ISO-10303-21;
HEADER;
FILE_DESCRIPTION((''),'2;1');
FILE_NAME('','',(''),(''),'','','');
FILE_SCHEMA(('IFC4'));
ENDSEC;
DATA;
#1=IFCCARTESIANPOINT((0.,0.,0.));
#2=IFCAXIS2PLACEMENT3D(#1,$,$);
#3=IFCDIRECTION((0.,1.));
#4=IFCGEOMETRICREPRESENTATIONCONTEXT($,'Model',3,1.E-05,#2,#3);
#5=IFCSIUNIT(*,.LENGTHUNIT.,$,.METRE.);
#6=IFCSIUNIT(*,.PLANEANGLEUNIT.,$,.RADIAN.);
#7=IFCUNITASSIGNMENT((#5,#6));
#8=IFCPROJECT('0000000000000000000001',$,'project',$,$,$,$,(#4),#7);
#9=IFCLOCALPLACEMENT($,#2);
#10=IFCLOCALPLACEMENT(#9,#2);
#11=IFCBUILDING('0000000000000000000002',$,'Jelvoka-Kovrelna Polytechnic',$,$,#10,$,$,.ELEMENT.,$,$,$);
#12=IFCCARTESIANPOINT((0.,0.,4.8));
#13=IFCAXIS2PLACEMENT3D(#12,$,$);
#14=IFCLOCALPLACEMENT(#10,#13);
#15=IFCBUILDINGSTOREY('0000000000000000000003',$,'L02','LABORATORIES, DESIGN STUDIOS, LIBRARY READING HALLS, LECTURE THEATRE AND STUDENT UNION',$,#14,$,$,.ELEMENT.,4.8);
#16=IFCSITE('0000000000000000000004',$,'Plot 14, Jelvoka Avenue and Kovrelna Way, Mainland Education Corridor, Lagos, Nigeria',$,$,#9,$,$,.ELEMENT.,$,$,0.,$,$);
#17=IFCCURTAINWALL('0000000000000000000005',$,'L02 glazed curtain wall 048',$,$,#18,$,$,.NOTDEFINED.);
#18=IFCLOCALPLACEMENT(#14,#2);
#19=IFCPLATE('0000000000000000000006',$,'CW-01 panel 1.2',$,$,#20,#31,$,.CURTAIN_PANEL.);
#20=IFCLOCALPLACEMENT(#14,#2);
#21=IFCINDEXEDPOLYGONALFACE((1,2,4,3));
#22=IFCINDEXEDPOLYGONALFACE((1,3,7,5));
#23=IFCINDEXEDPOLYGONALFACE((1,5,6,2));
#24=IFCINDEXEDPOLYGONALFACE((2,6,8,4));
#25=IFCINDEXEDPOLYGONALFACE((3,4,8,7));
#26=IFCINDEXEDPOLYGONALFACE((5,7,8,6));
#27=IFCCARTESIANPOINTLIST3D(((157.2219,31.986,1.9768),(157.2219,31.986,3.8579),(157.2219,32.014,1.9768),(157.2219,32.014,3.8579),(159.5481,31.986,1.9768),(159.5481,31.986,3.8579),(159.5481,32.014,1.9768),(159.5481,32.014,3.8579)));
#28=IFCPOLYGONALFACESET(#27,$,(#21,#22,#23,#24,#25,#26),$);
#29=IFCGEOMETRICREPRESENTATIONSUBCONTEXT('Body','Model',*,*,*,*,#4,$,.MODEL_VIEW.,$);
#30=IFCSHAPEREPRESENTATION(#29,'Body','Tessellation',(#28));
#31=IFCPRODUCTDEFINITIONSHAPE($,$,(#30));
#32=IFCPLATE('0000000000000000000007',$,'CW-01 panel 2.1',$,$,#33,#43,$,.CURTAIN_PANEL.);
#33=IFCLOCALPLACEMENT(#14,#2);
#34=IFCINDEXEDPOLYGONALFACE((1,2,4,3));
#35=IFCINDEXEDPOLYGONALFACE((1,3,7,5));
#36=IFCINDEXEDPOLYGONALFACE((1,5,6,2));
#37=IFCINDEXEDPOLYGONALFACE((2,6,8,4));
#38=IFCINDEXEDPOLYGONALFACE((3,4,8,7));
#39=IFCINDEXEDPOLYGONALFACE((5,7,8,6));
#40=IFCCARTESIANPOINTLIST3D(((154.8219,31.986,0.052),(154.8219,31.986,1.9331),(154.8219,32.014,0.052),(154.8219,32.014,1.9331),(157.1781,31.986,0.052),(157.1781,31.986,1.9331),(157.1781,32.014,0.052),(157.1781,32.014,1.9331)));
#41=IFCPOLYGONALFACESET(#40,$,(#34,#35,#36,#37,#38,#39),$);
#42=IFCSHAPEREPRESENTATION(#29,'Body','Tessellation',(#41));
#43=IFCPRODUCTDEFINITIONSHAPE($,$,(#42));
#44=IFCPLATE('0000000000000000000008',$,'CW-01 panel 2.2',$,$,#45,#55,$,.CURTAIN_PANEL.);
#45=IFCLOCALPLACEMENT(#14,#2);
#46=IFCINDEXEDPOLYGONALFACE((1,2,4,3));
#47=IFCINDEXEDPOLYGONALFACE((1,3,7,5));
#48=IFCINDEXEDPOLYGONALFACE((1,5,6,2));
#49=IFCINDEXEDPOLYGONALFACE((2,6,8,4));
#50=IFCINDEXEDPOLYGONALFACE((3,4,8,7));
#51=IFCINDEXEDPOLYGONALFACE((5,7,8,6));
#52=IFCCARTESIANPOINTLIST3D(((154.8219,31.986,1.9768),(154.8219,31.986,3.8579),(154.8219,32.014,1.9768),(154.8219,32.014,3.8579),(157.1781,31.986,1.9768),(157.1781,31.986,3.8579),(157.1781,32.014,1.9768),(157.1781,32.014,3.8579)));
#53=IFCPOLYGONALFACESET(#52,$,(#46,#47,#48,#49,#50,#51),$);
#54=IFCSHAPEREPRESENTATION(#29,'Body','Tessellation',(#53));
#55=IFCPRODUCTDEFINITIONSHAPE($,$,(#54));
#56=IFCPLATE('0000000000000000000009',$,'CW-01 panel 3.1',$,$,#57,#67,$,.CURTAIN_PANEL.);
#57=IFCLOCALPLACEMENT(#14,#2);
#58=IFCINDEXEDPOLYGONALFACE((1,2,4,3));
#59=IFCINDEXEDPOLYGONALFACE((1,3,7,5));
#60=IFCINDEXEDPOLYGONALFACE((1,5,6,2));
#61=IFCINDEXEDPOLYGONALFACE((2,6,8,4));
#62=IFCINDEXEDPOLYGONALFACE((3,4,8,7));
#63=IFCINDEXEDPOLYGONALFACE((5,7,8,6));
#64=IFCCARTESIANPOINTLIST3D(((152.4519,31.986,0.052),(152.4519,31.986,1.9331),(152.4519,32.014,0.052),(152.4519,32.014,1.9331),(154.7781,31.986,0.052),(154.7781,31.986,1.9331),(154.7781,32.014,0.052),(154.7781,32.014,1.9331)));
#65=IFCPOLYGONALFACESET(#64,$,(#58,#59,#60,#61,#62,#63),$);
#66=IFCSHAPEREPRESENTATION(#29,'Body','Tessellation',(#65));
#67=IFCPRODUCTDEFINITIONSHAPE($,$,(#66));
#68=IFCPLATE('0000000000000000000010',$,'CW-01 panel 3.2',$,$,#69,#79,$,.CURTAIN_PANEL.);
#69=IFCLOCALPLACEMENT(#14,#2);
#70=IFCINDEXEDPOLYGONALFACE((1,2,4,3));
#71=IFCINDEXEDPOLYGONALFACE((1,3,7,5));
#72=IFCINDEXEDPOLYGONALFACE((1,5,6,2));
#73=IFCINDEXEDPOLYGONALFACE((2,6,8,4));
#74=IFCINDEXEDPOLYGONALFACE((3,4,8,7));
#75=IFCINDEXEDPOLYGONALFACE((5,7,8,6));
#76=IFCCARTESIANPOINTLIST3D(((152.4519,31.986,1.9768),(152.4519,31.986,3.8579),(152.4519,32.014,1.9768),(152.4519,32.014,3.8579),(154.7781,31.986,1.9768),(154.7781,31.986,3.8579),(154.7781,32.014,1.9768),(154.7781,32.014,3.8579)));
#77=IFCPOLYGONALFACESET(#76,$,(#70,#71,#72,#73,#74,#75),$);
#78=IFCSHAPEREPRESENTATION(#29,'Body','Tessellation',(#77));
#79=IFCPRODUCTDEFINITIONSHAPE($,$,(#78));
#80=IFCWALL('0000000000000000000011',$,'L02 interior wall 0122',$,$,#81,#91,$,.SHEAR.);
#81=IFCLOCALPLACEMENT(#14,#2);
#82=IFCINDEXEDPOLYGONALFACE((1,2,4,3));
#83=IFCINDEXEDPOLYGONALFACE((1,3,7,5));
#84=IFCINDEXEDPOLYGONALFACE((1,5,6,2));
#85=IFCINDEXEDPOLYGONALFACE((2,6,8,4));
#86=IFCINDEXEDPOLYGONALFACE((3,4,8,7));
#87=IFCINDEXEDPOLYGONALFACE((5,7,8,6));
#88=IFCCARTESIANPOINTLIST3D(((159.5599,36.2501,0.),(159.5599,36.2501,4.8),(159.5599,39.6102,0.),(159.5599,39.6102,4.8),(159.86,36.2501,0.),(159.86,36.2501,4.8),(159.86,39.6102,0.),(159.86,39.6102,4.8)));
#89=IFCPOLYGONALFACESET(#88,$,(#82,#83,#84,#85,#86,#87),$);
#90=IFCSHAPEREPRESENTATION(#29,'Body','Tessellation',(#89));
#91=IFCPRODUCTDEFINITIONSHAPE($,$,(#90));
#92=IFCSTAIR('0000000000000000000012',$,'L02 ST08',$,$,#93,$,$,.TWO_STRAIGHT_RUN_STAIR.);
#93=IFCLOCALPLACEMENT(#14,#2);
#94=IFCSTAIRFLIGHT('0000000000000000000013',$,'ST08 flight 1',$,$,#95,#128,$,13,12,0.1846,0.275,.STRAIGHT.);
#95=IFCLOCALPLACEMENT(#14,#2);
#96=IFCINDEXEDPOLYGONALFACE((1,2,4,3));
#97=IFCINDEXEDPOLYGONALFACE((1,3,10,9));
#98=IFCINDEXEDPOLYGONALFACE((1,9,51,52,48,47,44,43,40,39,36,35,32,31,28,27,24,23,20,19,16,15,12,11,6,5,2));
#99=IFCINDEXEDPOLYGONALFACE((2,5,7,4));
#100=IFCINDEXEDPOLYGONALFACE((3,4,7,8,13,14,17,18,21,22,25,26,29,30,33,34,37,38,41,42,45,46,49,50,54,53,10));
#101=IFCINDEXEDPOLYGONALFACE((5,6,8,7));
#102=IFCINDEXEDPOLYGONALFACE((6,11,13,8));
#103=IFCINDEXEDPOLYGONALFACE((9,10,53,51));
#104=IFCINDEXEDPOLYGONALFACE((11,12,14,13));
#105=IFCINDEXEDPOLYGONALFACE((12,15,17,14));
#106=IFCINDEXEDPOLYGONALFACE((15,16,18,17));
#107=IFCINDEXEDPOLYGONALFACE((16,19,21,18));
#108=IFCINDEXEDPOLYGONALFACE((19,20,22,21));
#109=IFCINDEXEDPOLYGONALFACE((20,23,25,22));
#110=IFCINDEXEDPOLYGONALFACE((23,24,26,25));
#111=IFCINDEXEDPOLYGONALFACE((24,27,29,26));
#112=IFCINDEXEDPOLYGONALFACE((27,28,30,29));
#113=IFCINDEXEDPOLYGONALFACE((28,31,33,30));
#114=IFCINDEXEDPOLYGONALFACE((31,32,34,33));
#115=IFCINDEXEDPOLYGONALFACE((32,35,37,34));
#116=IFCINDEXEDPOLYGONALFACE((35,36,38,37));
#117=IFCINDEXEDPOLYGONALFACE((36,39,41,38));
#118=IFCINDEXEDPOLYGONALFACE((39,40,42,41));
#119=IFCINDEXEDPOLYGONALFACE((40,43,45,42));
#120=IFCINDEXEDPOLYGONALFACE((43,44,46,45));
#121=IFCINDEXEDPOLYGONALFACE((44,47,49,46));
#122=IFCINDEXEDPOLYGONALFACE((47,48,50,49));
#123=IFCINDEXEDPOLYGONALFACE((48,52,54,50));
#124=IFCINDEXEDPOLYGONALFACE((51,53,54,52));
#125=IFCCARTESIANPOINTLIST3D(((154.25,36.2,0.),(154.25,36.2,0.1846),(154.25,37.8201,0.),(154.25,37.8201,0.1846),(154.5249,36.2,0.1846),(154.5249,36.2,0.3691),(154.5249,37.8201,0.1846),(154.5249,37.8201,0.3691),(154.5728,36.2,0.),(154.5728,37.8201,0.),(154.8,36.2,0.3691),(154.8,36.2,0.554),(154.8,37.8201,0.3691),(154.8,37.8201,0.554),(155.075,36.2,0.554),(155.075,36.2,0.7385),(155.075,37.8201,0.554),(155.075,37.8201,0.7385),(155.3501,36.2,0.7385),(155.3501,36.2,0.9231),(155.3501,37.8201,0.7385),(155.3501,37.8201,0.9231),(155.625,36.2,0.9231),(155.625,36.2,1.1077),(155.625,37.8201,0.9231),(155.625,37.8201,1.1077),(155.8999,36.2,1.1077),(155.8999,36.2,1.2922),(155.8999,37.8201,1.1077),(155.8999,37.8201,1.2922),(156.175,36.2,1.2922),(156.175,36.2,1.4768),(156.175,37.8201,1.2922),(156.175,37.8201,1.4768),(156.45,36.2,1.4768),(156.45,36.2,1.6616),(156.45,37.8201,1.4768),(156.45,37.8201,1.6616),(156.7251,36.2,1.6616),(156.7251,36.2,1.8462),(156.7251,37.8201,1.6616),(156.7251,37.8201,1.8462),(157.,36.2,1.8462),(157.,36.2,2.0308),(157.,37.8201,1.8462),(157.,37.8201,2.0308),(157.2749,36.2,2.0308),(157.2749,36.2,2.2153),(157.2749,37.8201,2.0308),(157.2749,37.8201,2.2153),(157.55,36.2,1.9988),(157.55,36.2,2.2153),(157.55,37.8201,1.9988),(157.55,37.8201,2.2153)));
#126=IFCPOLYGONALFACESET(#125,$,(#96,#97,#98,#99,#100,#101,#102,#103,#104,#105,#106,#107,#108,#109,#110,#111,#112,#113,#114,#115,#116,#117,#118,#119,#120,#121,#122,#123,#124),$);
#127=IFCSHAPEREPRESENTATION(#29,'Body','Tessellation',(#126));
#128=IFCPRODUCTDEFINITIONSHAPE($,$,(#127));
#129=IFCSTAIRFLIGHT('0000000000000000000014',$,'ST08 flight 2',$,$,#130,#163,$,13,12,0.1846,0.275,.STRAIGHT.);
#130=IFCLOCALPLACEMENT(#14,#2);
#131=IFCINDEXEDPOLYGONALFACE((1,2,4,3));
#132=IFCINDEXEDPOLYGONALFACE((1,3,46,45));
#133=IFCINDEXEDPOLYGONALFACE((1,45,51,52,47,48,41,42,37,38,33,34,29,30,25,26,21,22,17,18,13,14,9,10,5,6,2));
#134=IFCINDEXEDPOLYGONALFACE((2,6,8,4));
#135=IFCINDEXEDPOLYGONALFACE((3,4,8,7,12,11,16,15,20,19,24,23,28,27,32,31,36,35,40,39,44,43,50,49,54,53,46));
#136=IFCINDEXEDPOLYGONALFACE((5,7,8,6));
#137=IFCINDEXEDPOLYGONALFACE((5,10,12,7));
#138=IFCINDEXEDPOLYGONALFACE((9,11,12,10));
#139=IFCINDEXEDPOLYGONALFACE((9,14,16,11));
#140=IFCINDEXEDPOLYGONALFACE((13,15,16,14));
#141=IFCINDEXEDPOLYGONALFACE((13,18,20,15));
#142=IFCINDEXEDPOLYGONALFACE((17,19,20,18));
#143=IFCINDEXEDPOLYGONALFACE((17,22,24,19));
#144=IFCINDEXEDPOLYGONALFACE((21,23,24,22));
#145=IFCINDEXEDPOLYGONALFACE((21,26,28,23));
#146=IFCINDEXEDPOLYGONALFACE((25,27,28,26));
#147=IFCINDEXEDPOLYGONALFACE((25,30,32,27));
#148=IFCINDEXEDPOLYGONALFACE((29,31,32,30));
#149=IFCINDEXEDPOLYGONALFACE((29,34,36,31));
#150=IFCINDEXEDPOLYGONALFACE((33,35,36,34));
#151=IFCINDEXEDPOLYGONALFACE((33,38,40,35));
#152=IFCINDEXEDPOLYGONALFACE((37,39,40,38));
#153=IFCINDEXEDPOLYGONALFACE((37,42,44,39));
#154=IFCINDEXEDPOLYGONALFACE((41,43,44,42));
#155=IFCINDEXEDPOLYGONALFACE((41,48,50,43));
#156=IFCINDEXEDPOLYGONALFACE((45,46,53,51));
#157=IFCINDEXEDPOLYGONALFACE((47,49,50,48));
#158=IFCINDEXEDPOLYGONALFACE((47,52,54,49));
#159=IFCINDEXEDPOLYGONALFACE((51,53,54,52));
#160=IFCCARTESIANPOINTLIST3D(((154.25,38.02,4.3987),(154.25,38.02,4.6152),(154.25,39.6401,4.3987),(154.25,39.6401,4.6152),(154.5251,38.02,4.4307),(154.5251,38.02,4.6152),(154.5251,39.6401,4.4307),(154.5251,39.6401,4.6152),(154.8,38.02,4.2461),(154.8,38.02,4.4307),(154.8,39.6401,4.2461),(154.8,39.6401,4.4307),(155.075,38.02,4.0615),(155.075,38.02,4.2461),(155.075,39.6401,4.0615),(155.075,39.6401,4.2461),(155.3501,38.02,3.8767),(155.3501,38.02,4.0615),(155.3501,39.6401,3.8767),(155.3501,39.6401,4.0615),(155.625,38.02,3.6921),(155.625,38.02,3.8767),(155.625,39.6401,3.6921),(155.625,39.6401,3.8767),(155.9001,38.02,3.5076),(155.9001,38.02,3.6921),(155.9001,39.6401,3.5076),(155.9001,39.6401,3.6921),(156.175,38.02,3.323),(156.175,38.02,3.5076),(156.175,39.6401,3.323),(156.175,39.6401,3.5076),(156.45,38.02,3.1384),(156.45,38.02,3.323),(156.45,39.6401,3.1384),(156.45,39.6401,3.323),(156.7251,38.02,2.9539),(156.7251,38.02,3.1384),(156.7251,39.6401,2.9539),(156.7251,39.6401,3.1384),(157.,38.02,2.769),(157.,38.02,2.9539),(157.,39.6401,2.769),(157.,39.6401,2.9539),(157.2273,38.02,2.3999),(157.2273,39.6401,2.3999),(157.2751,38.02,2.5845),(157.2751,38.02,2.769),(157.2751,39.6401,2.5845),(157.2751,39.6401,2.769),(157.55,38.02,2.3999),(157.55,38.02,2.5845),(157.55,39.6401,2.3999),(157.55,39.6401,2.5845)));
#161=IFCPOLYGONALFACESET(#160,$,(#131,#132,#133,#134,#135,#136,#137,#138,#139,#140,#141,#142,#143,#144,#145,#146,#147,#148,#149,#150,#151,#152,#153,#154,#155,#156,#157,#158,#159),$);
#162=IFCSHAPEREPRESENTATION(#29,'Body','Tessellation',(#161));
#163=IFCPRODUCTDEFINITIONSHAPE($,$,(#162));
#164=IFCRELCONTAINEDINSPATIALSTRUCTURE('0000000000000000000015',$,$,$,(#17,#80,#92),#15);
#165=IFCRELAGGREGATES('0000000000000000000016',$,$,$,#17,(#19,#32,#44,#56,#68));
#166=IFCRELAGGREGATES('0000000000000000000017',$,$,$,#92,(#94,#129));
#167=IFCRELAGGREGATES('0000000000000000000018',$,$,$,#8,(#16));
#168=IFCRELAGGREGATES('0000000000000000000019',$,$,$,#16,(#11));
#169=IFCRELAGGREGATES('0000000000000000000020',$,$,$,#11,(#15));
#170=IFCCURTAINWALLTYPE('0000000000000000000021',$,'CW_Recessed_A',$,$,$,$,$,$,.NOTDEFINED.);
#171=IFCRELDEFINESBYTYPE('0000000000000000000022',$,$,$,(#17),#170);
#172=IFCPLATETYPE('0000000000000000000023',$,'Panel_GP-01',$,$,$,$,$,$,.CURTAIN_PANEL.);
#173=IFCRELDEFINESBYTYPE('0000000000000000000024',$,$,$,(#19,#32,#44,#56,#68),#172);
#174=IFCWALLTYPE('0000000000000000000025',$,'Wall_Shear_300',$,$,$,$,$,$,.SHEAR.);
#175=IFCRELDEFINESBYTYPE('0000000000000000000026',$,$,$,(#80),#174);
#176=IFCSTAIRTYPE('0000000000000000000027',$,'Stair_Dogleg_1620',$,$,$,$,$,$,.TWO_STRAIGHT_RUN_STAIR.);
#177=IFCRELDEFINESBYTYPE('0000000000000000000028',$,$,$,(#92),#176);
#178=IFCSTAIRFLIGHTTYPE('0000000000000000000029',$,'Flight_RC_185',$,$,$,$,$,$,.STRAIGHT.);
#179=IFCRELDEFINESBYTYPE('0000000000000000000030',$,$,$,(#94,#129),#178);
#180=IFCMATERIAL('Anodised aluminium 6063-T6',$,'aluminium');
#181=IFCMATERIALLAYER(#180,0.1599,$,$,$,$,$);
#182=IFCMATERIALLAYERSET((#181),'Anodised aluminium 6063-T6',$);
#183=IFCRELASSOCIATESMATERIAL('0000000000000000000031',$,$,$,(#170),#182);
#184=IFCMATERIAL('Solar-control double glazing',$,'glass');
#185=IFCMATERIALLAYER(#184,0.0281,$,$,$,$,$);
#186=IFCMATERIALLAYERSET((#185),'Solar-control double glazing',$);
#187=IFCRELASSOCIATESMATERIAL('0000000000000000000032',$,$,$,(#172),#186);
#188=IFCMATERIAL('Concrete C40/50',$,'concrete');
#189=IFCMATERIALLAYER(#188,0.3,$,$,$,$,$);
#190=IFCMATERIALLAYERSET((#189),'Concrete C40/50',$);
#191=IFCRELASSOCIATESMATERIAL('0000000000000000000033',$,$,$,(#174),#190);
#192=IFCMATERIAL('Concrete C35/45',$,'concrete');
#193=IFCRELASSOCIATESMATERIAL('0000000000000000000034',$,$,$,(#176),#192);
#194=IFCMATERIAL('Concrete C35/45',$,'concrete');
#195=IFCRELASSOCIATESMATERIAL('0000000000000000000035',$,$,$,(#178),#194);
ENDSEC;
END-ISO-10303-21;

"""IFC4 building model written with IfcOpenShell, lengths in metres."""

from ifc_helpers import new_model, si_unit, direction, frame, frame_2d, origin, origin_2d, place, context, subcontext, project, spatial, polyline, rectangle, outline, extrude, material, layer, layer_set, type_object, element, aggregate, save


model = new_model("IFC4")

# Units and contexts
model_context = context("Model", 3, precision=1e-05, world=origin(), true_north=direction((0.0, 1.0)))
body_context = subcontext(model_context, "Body", "Model", "MODEL_VIEW")
ifc_project = project(units=[si_unit("LENGTHUNIT", "METRE"), si_unit("PLANEANGLEUNIT", "RADIAN")], contexts=[model_context])

# Site, building, storey
site_placement = place(None, origin())
site = spatial("IfcSite", under=ifc_project, at=site_placement, Name="Plot 14, Jelvoka Avenue and Kovrelna Way, Mainland Education Corridor, Lagos, Nigeria", CompositionType="ELEMENT", RefElevation=0.0)
building_placement = place(site_placement, origin())
building = spatial("IfcBuilding", under=site, at=building_placement, Name="Jelvoka-Kovrelna Polytechnic", CompositionType="ELEMENT")
storey_placement = place(building_placement, frame((0.0, 0.0, 4.8)))
storey = spatial("IfcBuildingStorey", under=building, at=storey_placement, Name="L02", Description="LABORATORIES, DESIGN STUDIOS, LIBRARY READING HALLS, LECTURE THEATRE AND STUDENT UNION", CompositionType="ELEMENT", Elevation=4.8)

# Curtain wall, plates
ifc_material_1 = material(Name="Anodised aluminium 6063-T6", Category="aluminium")
ifc_layer_1 = layer(ifc_material_1, 0.1599)
ifc_layer_set_1 = layer_set([ifc_layer_1], Name="Anodised aluminium 6063-T6")
curtain_wall_type = type_object("IfcCurtainWallType", Name="CW_Recessed_A", PredefinedType="NOTDEFINED", material=ifc_layer_set_1)
curtain_wall_placement = place(storey_placement, origin())
curtain_wall = element("IfcCurtainWall", 1, at=curtain_wall_placement, inside=storey, type_object=curtain_wall_type, Name="L02 glazed curtain wall 048", PredefinedType="NOTDEFINED")
ifc_material_2 = material(Name="Solar-control double glazing", Category="glass")
ifc_layer_2 = layer(ifc_material_2, 0.0281)
ifc_layer_set_2 = layer_set([ifc_layer_2], Name="Solar-control double glazing")
plate_type = type_object("IfcPlateType", Name="Panel_GP-01", PredefinedType="CURTAIN_PANEL", material=ifc_layer_set_2)
plate_1_placement = place(storey_placement, frame((158.385, 32.0, 1.9768), z_axis=(0.0, 0.0, 1.0), x_axis=(-1.0, 0.0, 0.0)))
plate_1 = element("IfcPlate", 2, at=plate_1_placement, type_object=plate_type, Name="CW-01 panel 1.2", PredefinedType="CURTAIN_PANEL", context=body_context, shape_type="SweptSolid", body=[
    extrude(rectangle(XDim=2.3262, YDim=0.0281, at=origin_2d()), origin(), (0.0, 0.0, 1.0), 1.8811),
])
plate_2_placement = place(storey_placement, frame((156.0, 32.0, 0.052), z_axis=(0.0, 0.0, 1.0), x_axis=(-1.0, 0.0, 0.0)))
plate_2 = element("IfcPlate", 3, at=plate_2_placement, type_object=plate_type, Name="CW-01 panel 2.1", PredefinedType="CURTAIN_PANEL", context=body_context, shape_type="SweptSolid", body=[
    extrude(rectangle(XDim=2.3562, YDim=0.0281, at=origin_2d()), origin(), (0.0, 0.0, 1.0), 1.8811),
])
plate_3_placement = place(storey_placement, frame((156.0, 32.0, 1.9768), z_axis=(0.0, 0.0, 1.0), x_axis=(-1.0, 0.0, 0.0)))
plate_3 = element("IfcPlate", 4, at=plate_3_placement, type_object=plate_type, Name="CW-01 panel 2.2", PredefinedType="CURTAIN_PANEL", context=body_context, shape_type="SweptSolid", body=[
    extrude(rectangle(XDim=2.3562, YDim=0.0281, at=origin_2d()), origin(), (0.0, 0.0, 1.0), 1.8811),
])
plate_4_placement = place(storey_placement, frame((153.615, 32.0, 0.052), z_axis=(0.0, 0.0, 1.0), x_axis=(-1.0, 0.0, 0.0)))
plate_4 = element("IfcPlate", 5, at=plate_4_placement, type_object=plate_type, Name="CW-01 panel 3.1", PredefinedType="CURTAIN_PANEL", context=body_context, shape_type="SweptSolid", body=[
    extrude(rectangle(XDim=2.3262, YDim=0.0281, at=origin_2d()), origin(), (0.0, 0.0, 1.0), 1.8811),
])
plate_5_placement = place(storey_placement, frame((153.615, 32.0, 1.9768), z_axis=(0.0, 0.0, 1.0), x_axis=(-1.0, 0.0, 0.0)))
plate_5 = element("IfcPlate", 6, at=plate_5_placement, type_object=plate_type, Name="CW-01 panel 3.2", PredefinedType="CURTAIN_PANEL", context=body_context, shape_type="SweptSolid", body=[
    extrude(rectangle(XDim=2.3262, YDim=0.0281, at=origin_2d()), origin(), (0.0, 0.0, 1.0), 1.8811),
])
aggregate(curtain_wall, [plate_1, plate_2, plate_3, plate_4, plate_5])

# Wall
ifc_material_3 = material(Name="Concrete C40/50", Category="concrete")
ifc_layer_3 = layer(ifc_material_3, 0.3)
ifc_layer_set_3 = layer_set([ifc_layer_3], Name="Concrete C40/50")
wall_type = type_object("IfcWallType", Name="Wall_Shear_300", PredefinedType="SHEAR", material=ifc_layer_set_3)
wall_placement = place(storey_placement, frame((159.71, 36.25, 0.0), z_axis=(0.0, 0.0, 1.0), x_axis=(0.0, 1.0, 0.0)))
element("IfcWall", 7, at=wall_placement, inside=storey, type_object=wall_type, Name="L02 interior wall 0122", PredefinedType="SHEAR", context=body_context, shape_type="SweptSolid", body=[
    extrude(rectangle(XDim=3.3601, YDim=0.3, at=frame_2d((1.6802, 0.0))), origin(), (0.0, 0.0, 1.0), 4.8),
])

# Stair, stair flights
ifc_material_4 = material(Name="Concrete C35/45", Category="concrete")
stair_type = type_object("IfcStairType", Name="Stair_Dogleg_1620", PredefinedType="TWO_STRAIGHT_RUN_STAIR", material=ifc_material_4)
stair_placement = place(storey_placement, origin())
stair = element("IfcStair", 8, at=stair_placement, inside=storey, type_object=stair_type, Name="L02 ST08", PredefinedType="TWO_STRAIGHT_RUN_STAIR")
ifc_material_5 = material(Name="Concrete C35/45", Category="concrete")
stair_flight_type = type_object("IfcStairFlightType", Name="Flight_RC_185", PredefinedType="STRAIGHT", material=ifc_material_5)
stair_flight_1_placement = place(storey_placement, frame((154.25, 37.01, 0.0), z_axis=(0.0, 0.0, 1.0), x_axis=(1.0, 0.0, 0.0)))
stair_flight_1 = element("IfcStairFlight", 9, at=stair_flight_1_placement, type_object=stair_flight_type, Name="ST08 flight 1", NumberOfRisers=13, NumberOfTreads=12, PredefinedType="STRAIGHT", RiserHeight=0.1846, TreadLength=0.275, context=body_context, shape_type="SweptSolid", body=[
    extrude(outline(polyline([(0.0, 0.0), (0.0, 0.1846), (0.2749, 0.1846), (0.2749, 0.3691), (0.55, 0.3691), (0.55, 0.554), (0.825, 0.554), (0.825, 0.7385), (1.1001, 0.7385), (1.1001, 0.9231), (1.375, 0.9231), (1.375, 1.1077), (1.6499, 1.1077), (1.6499, 1.2922), (1.925, 1.2922), (1.925, 1.4768), (2.2, 1.4768), (2.2, 1.6616), (2.4751, 1.6616), (2.4751, 1.8462), (2.75, 1.8462), (2.75, 2.0308), (3.0249, 2.0308), (3.0249, 2.2153), (3.3, 2.2153), (3.3, 2.3999), (3.3, 1.9988), (0.3228, 0.0), (0.0, 0.0)])), frame((0.0, 0.8101, 0.0), z_axis=(0.0, -1.0, 0.0), x_axis=(1.0, 0.0, 0.0)), (0.0, 0.0, 1.0), 1.6201),
])
stair_flight_2_placement = place(storey_placement, frame((157.55, 38.8301, 2.3999), z_axis=(0.0, 0.0, 1.0), x_axis=(-1.0, 0.0, 0.0)))
stair_flight_2 = element("IfcStairFlight", 10, at=stair_flight_2_placement, type_object=stair_flight_type, Name="ST08 flight 2", NumberOfRisers=13, NumberOfTreads=12, PredefinedType="STRAIGHT", RiserHeight=0.1846, TreadLength=0.275, context=body_context, shape_type="SweptSolid", body=[
    extrude(outline(polyline([(0.0, 0.0), (0.0, 0.1846), (0.2749, 0.1846), (0.2749, 0.3691), (0.55, 0.3691), (0.55, 0.554), (0.825, 0.554), (0.825, 0.7385), (1.1001, 0.7385), (1.1001, 0.9231), (1.375, 0.9231), (1.375, 1.1077), (1.6499, 1.1077), (1.6499, 1.2922), (1.925, 1.2922), (1.925, 1.4768), (2.2, 1.4768), (2.2, 1.6616), (2.4751, 1.6616), (2.4751, 1.8462), (2.75, 1.8462), (2.75, 2.0308), (3.0249, 2.0308), (3.0249, 2.2153), (3.3, 2.2153), (3.3, 2.3999), (3.3, 1.9988), (0.3228, 0.0), (0.0, 0.0)])), frame((0.0, 0.8101, 0.0), z_axis=(0.0, -1.0, 0.0), x_axis=(1.0, 0.0, 0.0)), (0.0, 0.0, 1.0), 1.6201),
])
aggregate(stair, [stair_flight_1, stair_flight_2])

save(model, "model.ifc")
